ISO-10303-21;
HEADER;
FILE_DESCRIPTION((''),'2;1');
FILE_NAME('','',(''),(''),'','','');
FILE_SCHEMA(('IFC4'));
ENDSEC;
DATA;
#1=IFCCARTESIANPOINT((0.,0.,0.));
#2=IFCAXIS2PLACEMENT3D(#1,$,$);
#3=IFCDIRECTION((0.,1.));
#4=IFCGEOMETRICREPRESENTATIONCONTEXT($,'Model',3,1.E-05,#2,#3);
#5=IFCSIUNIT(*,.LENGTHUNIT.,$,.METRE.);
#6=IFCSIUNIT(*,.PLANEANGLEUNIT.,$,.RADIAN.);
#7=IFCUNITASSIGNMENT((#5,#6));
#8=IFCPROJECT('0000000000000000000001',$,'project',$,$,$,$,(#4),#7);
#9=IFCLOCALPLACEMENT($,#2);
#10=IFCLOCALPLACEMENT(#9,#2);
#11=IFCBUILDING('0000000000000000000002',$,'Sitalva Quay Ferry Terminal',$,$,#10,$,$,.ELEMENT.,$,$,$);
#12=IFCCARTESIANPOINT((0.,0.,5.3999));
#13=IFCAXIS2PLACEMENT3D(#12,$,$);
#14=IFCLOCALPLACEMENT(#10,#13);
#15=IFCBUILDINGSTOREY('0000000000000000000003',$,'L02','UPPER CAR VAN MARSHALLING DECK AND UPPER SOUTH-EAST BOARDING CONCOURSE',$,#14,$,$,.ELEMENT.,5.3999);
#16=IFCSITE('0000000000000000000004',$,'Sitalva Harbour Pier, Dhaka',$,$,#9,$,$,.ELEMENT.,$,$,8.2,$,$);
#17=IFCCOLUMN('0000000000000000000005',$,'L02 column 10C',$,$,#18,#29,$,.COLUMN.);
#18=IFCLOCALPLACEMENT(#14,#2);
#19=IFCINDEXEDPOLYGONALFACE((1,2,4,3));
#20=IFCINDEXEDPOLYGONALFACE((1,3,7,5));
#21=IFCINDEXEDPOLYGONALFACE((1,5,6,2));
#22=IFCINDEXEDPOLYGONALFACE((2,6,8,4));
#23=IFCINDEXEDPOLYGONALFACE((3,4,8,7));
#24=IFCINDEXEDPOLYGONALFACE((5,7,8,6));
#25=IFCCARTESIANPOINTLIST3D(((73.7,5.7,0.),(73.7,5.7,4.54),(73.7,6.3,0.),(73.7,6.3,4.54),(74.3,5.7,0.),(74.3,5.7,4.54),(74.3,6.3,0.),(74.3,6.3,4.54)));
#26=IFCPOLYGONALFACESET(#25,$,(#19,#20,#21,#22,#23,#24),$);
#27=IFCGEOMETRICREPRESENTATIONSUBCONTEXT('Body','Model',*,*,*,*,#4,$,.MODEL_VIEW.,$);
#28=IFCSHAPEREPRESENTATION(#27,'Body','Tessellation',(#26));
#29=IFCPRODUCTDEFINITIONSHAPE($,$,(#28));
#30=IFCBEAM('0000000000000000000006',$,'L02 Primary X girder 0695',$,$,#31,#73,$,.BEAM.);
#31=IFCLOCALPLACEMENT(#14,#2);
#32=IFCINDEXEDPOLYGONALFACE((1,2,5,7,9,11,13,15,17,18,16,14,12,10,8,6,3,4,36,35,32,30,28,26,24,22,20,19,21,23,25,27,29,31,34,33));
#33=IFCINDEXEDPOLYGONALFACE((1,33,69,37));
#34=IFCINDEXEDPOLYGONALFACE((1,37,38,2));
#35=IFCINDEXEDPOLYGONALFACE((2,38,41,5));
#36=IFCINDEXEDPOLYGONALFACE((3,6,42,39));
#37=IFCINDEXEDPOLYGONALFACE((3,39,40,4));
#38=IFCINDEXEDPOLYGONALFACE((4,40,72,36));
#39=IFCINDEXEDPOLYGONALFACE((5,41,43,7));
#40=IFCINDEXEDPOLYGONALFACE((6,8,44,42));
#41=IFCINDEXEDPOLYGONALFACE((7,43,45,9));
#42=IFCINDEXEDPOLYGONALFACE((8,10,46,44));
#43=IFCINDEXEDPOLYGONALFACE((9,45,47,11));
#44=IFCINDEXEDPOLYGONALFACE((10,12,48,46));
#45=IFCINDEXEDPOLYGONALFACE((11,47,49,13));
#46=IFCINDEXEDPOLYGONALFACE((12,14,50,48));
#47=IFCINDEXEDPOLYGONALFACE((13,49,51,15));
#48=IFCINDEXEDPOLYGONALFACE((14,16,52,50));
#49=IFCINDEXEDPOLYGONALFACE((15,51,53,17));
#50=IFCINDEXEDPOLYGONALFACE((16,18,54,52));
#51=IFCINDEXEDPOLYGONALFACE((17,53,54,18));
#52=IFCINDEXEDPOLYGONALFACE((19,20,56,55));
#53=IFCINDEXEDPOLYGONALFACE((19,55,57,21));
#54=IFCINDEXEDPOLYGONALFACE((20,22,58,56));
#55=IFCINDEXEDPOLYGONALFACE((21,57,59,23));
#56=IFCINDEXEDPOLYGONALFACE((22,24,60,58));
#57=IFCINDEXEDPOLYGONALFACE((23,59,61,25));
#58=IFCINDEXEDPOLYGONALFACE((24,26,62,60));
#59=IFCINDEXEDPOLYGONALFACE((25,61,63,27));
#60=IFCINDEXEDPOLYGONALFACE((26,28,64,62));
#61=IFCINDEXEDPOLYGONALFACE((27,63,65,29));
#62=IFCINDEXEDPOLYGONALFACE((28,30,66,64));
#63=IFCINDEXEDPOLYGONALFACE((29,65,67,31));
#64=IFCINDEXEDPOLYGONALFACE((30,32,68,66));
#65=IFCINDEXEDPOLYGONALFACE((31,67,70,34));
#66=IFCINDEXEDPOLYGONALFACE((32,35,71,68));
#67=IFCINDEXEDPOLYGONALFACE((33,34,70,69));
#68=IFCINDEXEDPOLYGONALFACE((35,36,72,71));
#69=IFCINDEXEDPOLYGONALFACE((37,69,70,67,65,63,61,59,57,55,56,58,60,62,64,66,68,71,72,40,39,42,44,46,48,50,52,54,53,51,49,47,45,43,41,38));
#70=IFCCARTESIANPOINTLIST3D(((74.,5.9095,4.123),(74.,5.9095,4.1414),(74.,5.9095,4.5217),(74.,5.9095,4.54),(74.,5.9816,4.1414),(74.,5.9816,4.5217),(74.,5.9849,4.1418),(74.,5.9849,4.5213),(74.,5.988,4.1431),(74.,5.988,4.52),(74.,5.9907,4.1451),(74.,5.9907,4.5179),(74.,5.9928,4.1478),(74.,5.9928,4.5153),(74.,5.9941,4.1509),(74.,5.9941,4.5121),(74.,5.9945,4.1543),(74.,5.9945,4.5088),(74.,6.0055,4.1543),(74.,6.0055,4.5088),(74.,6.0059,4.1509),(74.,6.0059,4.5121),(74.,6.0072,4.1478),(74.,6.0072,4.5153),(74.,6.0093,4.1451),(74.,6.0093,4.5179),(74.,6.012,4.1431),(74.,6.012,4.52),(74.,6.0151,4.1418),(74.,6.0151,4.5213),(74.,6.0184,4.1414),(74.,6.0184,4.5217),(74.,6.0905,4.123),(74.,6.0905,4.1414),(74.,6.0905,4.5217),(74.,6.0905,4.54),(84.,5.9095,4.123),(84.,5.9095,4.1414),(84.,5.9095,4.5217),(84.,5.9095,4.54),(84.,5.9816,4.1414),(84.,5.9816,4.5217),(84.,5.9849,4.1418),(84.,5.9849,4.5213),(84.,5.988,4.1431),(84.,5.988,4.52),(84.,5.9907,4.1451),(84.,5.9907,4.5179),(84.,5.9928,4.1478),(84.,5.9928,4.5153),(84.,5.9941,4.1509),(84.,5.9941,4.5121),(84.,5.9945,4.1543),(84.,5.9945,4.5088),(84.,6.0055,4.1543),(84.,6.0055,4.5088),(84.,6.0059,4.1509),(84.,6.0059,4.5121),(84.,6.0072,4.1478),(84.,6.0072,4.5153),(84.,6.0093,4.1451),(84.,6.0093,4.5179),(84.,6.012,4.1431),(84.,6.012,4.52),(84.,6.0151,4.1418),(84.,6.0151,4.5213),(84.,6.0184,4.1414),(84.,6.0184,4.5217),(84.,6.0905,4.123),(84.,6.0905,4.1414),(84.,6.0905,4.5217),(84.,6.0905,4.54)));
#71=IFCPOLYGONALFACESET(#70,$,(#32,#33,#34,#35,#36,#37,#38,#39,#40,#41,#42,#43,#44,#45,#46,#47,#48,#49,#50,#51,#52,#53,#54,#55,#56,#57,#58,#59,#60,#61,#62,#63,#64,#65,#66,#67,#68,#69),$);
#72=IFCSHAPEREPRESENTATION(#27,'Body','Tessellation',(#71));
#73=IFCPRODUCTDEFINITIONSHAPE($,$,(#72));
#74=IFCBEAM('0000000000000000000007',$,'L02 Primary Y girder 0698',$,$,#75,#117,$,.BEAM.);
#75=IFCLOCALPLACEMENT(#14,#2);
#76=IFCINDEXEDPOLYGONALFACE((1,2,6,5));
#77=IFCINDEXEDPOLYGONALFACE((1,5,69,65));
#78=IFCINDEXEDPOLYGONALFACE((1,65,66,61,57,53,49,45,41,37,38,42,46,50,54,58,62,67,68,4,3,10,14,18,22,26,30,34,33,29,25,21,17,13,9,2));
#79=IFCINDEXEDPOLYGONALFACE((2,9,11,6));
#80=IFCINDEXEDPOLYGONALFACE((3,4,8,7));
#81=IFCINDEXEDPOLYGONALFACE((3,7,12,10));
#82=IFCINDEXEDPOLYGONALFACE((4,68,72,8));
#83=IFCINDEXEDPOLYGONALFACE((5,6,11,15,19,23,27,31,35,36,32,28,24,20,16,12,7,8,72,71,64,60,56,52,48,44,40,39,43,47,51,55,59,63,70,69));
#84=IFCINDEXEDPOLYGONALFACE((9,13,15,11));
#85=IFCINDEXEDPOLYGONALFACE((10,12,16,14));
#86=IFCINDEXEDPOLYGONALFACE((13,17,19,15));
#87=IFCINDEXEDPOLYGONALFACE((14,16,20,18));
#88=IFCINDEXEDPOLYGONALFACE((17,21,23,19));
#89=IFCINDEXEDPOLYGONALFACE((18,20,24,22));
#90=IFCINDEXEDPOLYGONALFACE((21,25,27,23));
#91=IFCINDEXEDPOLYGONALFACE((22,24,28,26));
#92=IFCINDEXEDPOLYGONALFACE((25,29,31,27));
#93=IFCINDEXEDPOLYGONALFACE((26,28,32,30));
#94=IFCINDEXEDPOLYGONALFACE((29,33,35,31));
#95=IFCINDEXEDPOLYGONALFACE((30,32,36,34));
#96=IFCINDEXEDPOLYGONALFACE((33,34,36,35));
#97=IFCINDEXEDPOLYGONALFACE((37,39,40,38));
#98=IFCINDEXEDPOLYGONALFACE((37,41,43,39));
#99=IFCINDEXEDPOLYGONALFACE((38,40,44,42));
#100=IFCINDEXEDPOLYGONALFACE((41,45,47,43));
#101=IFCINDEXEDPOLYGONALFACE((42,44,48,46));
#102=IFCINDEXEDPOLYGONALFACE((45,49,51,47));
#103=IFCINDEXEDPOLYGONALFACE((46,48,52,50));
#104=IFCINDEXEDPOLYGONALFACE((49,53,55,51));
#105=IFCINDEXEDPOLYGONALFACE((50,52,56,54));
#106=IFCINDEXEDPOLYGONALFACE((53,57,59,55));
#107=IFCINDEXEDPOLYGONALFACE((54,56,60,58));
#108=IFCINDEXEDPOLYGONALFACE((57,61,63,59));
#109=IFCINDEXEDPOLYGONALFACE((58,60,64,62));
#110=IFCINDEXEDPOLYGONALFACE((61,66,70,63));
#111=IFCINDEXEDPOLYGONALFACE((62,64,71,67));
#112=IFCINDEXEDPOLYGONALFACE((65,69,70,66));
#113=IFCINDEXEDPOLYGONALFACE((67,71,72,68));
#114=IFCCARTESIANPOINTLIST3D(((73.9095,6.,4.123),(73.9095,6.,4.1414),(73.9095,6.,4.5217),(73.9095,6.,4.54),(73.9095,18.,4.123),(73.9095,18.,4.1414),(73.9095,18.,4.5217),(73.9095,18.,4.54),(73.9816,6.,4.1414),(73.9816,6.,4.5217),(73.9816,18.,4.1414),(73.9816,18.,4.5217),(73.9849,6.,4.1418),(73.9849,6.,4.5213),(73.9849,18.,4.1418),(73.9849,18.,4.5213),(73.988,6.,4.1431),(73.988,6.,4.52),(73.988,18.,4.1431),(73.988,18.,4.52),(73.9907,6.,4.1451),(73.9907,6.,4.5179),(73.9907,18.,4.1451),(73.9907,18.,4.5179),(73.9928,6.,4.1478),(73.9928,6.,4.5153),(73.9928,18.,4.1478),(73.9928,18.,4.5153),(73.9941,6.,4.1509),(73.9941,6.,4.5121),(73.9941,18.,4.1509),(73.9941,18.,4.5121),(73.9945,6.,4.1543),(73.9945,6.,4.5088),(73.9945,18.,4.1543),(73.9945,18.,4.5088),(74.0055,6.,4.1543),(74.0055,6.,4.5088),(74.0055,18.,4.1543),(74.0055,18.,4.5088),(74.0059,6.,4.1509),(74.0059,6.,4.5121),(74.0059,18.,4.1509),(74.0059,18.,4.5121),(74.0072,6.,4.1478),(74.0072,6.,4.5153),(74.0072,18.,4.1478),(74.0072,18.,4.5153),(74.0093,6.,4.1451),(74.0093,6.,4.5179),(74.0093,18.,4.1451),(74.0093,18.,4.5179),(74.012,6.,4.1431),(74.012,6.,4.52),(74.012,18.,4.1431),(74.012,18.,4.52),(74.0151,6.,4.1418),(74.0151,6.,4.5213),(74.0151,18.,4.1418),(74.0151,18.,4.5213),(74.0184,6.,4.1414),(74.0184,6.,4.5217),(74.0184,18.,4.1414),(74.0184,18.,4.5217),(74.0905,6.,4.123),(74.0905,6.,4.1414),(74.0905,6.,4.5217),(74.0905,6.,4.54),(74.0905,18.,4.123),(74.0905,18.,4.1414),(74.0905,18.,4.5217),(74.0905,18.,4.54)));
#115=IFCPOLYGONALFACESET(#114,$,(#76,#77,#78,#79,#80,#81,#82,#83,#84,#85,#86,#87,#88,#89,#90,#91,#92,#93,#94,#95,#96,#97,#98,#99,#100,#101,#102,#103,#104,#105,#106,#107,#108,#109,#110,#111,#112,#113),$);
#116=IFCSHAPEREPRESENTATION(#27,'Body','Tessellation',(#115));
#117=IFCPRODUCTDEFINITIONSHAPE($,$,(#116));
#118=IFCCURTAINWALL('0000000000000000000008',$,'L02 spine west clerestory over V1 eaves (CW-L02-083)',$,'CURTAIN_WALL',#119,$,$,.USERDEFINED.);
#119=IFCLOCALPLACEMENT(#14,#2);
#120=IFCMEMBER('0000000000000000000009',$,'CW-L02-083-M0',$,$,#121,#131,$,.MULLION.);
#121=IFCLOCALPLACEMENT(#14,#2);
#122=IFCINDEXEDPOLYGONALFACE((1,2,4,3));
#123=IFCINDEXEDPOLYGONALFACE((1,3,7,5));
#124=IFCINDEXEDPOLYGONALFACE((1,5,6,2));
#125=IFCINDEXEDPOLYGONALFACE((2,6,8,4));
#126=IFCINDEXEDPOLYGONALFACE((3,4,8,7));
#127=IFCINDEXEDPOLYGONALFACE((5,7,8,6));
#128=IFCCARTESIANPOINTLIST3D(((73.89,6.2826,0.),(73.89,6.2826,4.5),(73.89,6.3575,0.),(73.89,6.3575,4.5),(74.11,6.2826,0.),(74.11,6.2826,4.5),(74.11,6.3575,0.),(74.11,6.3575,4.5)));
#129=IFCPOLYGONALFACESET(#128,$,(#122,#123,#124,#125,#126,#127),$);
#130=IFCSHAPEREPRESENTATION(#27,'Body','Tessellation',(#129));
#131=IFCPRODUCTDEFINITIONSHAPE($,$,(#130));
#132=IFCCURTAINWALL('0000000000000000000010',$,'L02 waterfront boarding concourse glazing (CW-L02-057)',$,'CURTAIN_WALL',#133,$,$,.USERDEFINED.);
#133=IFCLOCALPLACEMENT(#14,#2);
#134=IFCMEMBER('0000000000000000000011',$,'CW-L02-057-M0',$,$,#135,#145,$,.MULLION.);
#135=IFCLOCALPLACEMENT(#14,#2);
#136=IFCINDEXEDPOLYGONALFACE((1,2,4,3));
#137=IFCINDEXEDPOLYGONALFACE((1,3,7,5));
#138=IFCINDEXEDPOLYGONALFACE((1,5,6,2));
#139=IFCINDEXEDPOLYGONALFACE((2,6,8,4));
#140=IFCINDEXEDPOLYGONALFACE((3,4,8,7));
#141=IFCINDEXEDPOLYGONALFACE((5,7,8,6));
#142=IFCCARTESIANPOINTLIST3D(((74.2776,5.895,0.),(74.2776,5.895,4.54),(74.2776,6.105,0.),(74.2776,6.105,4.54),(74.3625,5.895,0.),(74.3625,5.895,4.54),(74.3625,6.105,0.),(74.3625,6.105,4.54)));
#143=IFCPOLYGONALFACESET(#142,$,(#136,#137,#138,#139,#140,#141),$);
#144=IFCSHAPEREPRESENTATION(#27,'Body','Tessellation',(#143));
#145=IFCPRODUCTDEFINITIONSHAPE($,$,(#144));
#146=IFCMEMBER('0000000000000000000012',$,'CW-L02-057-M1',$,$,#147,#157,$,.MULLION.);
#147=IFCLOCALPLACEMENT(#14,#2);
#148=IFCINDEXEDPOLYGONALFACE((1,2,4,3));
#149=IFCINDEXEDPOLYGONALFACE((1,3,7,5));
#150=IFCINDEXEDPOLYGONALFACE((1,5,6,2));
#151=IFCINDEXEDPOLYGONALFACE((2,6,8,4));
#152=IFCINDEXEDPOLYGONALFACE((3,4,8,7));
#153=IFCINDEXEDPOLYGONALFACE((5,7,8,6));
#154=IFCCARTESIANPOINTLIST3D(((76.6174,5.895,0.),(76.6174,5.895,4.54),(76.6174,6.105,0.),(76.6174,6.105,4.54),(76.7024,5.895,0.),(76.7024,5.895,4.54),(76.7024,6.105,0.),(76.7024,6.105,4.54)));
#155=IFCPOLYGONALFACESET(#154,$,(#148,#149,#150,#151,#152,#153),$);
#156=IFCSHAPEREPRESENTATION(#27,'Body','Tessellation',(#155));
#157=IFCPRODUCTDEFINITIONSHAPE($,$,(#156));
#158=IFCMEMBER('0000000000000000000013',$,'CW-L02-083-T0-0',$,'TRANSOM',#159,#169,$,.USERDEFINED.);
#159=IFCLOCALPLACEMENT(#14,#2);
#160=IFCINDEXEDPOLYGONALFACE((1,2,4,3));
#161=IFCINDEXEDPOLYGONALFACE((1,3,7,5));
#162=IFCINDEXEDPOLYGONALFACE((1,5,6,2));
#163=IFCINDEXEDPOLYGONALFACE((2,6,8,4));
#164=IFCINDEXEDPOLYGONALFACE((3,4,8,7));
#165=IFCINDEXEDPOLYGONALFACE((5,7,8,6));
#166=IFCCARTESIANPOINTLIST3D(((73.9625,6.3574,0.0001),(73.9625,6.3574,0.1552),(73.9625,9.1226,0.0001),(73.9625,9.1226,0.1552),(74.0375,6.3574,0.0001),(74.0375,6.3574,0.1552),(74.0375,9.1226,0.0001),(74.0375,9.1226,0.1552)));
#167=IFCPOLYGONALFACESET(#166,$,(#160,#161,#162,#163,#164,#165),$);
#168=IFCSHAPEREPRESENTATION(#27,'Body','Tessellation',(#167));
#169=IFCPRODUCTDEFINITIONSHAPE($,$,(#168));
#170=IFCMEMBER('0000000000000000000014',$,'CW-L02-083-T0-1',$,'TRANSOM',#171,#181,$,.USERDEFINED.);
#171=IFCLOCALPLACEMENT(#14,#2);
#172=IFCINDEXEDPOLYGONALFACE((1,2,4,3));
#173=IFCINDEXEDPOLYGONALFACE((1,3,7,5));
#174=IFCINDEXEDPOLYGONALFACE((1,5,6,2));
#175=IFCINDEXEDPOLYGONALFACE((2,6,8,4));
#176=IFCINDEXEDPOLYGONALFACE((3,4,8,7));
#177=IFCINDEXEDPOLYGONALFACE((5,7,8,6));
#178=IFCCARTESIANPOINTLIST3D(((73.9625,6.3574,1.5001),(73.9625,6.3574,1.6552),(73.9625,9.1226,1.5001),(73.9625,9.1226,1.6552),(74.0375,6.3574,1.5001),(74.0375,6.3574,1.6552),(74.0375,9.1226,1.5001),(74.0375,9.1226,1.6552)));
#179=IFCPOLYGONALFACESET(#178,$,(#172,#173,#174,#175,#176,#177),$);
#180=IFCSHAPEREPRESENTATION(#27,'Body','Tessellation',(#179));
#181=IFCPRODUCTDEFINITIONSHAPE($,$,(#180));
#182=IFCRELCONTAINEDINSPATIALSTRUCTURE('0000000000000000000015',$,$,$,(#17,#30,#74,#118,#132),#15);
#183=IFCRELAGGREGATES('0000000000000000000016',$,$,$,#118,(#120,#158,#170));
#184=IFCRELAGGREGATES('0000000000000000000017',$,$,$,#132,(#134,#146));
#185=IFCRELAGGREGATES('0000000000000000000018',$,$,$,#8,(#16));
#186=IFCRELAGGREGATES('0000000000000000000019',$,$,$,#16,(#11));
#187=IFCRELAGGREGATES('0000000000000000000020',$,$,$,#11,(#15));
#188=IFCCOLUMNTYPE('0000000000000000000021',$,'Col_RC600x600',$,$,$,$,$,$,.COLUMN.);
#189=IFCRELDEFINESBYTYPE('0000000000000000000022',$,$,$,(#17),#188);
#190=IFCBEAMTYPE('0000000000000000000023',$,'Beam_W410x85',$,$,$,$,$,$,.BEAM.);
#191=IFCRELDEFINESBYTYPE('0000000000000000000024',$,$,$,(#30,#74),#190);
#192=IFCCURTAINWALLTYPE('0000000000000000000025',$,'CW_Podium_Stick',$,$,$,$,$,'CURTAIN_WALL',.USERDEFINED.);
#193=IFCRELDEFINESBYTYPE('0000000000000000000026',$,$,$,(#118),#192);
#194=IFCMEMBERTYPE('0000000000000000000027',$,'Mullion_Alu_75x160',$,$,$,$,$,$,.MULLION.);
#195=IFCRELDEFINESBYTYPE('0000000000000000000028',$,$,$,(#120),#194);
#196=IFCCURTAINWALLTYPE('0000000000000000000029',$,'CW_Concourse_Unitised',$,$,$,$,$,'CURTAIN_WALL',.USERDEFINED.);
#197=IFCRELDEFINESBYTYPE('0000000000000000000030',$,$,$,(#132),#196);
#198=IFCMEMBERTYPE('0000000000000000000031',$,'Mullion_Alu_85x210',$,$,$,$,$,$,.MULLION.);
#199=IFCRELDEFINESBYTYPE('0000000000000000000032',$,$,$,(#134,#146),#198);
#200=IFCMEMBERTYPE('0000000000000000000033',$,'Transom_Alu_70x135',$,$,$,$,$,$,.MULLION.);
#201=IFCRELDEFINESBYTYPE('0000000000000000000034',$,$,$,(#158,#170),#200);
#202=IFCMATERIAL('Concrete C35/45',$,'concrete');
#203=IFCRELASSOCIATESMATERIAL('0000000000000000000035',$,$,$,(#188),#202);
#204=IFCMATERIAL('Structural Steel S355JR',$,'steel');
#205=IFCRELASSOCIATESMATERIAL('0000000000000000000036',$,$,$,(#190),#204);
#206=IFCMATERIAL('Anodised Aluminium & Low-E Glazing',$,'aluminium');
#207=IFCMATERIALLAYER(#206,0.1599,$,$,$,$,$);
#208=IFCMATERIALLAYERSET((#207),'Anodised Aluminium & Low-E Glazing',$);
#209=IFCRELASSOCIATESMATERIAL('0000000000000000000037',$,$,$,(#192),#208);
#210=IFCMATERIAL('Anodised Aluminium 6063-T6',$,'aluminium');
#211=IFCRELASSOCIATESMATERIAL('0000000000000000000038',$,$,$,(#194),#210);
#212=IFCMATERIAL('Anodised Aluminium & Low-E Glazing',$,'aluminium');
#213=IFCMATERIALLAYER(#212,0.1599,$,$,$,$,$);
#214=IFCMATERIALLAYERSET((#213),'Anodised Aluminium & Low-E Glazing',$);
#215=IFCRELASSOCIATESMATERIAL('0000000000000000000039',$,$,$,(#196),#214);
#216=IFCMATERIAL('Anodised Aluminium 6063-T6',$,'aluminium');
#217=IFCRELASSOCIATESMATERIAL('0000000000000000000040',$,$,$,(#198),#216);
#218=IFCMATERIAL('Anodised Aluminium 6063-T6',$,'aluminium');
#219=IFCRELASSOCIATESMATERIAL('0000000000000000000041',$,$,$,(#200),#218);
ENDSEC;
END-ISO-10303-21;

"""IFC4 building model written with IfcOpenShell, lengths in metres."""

from ifc_helpers import new_model, si_unit, direction, frame, origin, origin_2d, place, context, subcontext, project, spatial, rectangle, i_section, extrude, material, layer, layer_set, material_profile, profile_set, type_object, element, aggregate, save


model = new_model("IFC4")

# Units and contexts
model_context = context("Model", 3, precision=1e-05, world=origin(), true_north=direction((0.0, 1.0)))
body_context = subcontext(model_context, "Body", "Model", "MODEL_VIEW")
ifc_project = project(units=[si_unit("LENGTHUNIT", "METRE"), si_unit("PLANEANGLEUNIT", "RADIAN")], contexts=[model_context])

# Site, building, storey
site_placement = place(None, origin())
site = spatial("IfcSite", under=ifc_project, at=site_placement, Name="Sitalva Harbour Pier, Dhaka", CompositionType="ELEMENT", RefElevation=8.2)
building_placement = place(site_placement, origin())
building = spatial("IfcBuilding", under=site, at=building_placement, Name="Sitalva Quay Ferry Terminal", CompositionType="ELEMENT")
storey_placement = place(building_placement, frame((0.0, 0.0, 5.3999)))
storey = spatial("IfcBuildingStorey", under=building, at=storey_placement, Name="L02", Description="UPPER CAR VAN MARSHALLING DECK AND UPPER SOUTH-EAST BOARDING CONCOURSE", CompositionType="ELEMENT", Elevation=5.3999)

# Column
ifc_material_1 = material(Name="Concrete C35/45", Category="concrete")
ifc_material_profile_1 = material_profile(ifc_material_1, rectangle(XDim=0.6001, YDim=0.6001, at=origin_2d()), Name="RC600x600")
ifc_profile_set_1 = profile_set([ifc_material_profile_1], Name="Concrete C35/45")
column_type = type_object("IfcColumnType", Name="Col_RC600x600", PredefinedType="COLUMN", material=ifc_profile_set_1)
column_placement = place(storey_placement, frame((74.0, 6.0, 0.0), z_axis=(0.0, 0.0, 1.0), x_axis=(1.0, 0.0, 0.0)))
element("IfcColumn", 1, at=column_placement, inside=storey, type_object=column_type, Name="L02 column 10C", PredefinedType="COLUMN", context=body_context, shape_type="SweptSolid", body=[
    extrude(rectangle(XDim=0.6001, YDim=0.6001, at=origin_2d()), origin(), (0.0, 0.0, 1.0), 4.54),
])

# Beams
ifc_material_2 = material(Name="Structural Steel S355JR", Category="steel")
ifc_material_profile_2 = material_profile(ifc_material_2, i_section(OverallWidth=0.1809, OverallDepth=0.417, WebThickness=0.011, FlangeThickness=0.0183, FilletRadius=0.0129, at=origin_2d()), Name="W410x85")
ifc_profile_set_2 = profile_set([ifc_material_profile_2], Name="Structural Steel S355JR")
beam_type = type_object("IfcBeamType", Name="Beam_W410x85", PredefinedType="BEAM", material=ifc_profile_set_2)
beam_1_placement = place(storey_placement, frame((74.0, 6.0, 4.3315), z_axis=(1.0, 0.0, 0.0), x_axis=(0.0, 1.0, 0.0)))
element("IfcBeam", 2, at=beam_1_placement, inside=storey, type_object=beam_type, Name="L02 Primary X girder 0695", PredefinedType="BEAM", context=body_context, shape_type="SweptSolid", body=[
    extrude(i_section(OverallWidth=0.1809, OverallDepth=0.417, WebThickness=0.011, FlangeThickness=0.0183, FilletRadius=0.0129, at=origin_2d()), origin(), (0.0, 0.0, 1.0), 10.0),
])
beam_2_placement = place(storey_placement, frame((74.0, 6.0, 4.3315), z_axis=(0.0, 1.0, 0.0), x_axis=(-1.0, 0.0, 0.0)))
element("IfcBeam", 3, at=beam_2_placement, inside=storey, type_object=beam_type, Name="L02 Primary Y girder 0698", PredefinedType="BEAM", context=body_context, shape_type="SweptSolid", body=[
    extrude(i_section(OverallWidth=0.1809, OverallDepth=0.417, WebThickness=0.011, FlangeThickness=0.0183, FilletRadius=0.0129, at=origin_2d()), origin(), (0.0, 0.0, 1.0), 12.0),
])

# Curtain wall, member
ifc_material_3 = material(Name="Anodised Aluminium & Low-E Glazing", Category="aluminium")
ifc_layer_1 = layer(ifc_material_3, 0.1599)
ifc_layer_set_1 = layer_set([ifc_layer_1], Name="Anodised Aluminium & Low-E Glazing")
curtain_wall_type_1 = type_object("IfcCurtainWallType", Name="CW_Podium_Stick", ElementType="CURTAIN_WALL", PredefinedType="USERDEFINED", material=ifc_layer_set_1)
curtain_wall_1_placement = place(storey_placement, origin())
curtain_wall_1 = element("IfcCurtainWall", 4, at=curtain_wall_1_placement, inside=storey, type_object=curtain_wall_type_1, Name="L02 spine west clerestory over V1 eaves (CW-L02-083)", ObjectType="CURTAIN_WALL", PredefinedType="USERDEFINED")
ifc_material_4 = material(Name="Anodised Aluminium 6063-T6", Category="aluminium")
ifc_material_profile_3 = material_profile(ifc_material_4, rectangle(XDim=0.075, YDim=0.22, at=origin_2d()), Name="ALU75x220")
ifc_profile_set_3 = profile_set([ifc_material_profile_3], Name="Anodised Aluminium 6063-T6")
member_type_1 = type_object("IfcMemberType", Name="Mullion_Alu_75x160", PredefinedType="MULLION", material=ifc_profile_set_3)
member_1_placement = place(storey_placement, frame((74.0, 6.3201, 0.0), z_axis=(0.0, 0.0, 1.0), x_axis=(0.0, 1.0, 0.0)))
member_1 = element("IfcMember", 5, at=member_1_placement, type_object=member_type_1, Name="CW-L02-083-M0", PredefinedType="MULLION", context=body_context, shape_type="SweptSolid", body=[
    extrude(rectangle(XDim=0.075, YDim=0.22, at=origin_2d()), origin(), (0.0, 0.0, 1.0), 4.5),
])

# Curtain wall, members
ifc_material_5 = material(Name="Anodised Aluminium & Low-E Glazing", Category="aluminium")
ifc_layer_2 = layer(ifc_material_5, 0.1599)
ifc_layer_set_2 = layer_set([ifc_layer_2], Name="Anodised Aluminium & Low-E Glazing")
curtain_wall_type_2 = type_object("IfcCurtainWallType", Name="CW_Concourse_Unitised", ElementType="CURTAIN_WALL", PredefinedType="USERDEFINED", material=ifc_layer_set_2)
curtain_wall_2_placement = place(storey_placement, origin())
curtain_wall_2 = element("IfcCurtainWall", 6, at=curtain_wall_2_placement, inside=storey, type_object=curtain_wall_type_2, Name="L02 waterfront boarding concourse glazing (CW-L02-057)", ObjectType="CURTAIN_WALL", PredefinedType="USERDEFINED")
ifc_material_6 = material(Name="Anodised Aluminium 6063-T6", Category="aluminium")
ifc_material_profile_4 = material_profile(ifc_material_6, rectangle(XDim=0.085, YDim=0.21, at=origin_2d()), Name="ALU85x210")
ifc_profile_set_4 = profile_set([ifc_material_profile_4], Name="Anodised Aluminium 6063-T6")
member_type_2 = type_object("IfcMemberType", Name="Mullion_Alu_85x210", PredefinedType="MULLION", material=ifc_profile_set_4)
member_2_placement = place(storey_placement, frame((74.3201, 6.0, 0.0), z_axis=(0.0, 0.0, 1.0), x_axis=(1.0, 0.0, 0.0)))
member_2 = element("IfcMember", 7, at=member_2_placement, type_object=member_type_2, Name="CW-L02-057-M0", PredefinedType="MULLION", context=body_context, shape_type="SweptSolid", body=[
    extrude(rectangle(XDim=0.085, YDim=0.21, at=origin_2d()), origin(), (0.0, 0.0, 1.0), 4.54),
])
member_3_placement = place(storey_placement, frame((76.6599, 6.0, 0.0), z_axis=(0.0, 0.0, 1.0), x_axis=(1.0, 0.0, 0.0)))
member_3 = element("IfcMember", 8, at=member_3_placement, type_object=member_type_2, Name="CW-L02-057-M1", PredefinedType="MULLION", context=body_context, shape_type="SweptSolid", body=[
    extrude(rectangle(XDim=0.085, YDim=0.21, at=origin_2d()), origin(), (0.0, 0.0, 1.0), 4.54),
])

# Members
ifc_material_7 = material(Name="Anodised Aluminium 6063-T6", Category="aluminium")
ifc_material_profile_5 = material_profile(ifc_material_7, rectangle(XDim=0.075, YDim=0.155, at=origin_2d()), Name="ALU75x155")
ifc_profile_set_5 = profile_set([ifc_material_profile_5], Name="Anodised Aluminium 6063-T6")
member_type_3 = type_object("IfcMemberType", Name="Transom_Alu_70x135", PredefinedType="MULLION", material=ifc_profile_set_5)
member_4_placement = place(storey_placement, frame((74.0, 6.3574, 0.0776), z_axis=(0.0, 1.0, 0.0), x_axis=(-1.0, 0.0, 0.0)))
member_4 = element("IfcMember", 9, at=member_4_placement, type_object=member_type_3, Name="CW-L02-083-T0-0", ObjectType="TRANSOM", PredefinedType="USERDEFINED", context=body_context, shape_type="SweptSolid", body=[
    extrude(rectangle(XDim=0.075, YDim=0.155, at=origin_2d()), origin(), (0.0, 0.0, 1.0), 2.7651),
])
member_5_placement = place(storey_placement, frame((74.0, 6.3574, 1.5776), z_axis=(0.0, 1.0, 0.0), x_axis=(-1.0, 0.0, 0.0)))
member_5 = element("IfcMember", 10, at=member_5_placement, type_object=member_type_3, Name="CW-L02-083-T0-1", ObjectType="TRANSOM", PredefinedType="USERDEFINED", context=body_context, shape_type="SweptSolid", body=[
    extrude(rectangle(XDim=0.075, YDim=0.155, at=origin_2d()), origin(), (0.0, 0.0, 1.0), 2.7651),
])
aggregate(curtain_wall_1, [member_1, member_4, member_5])

aggregate(curtain_wall_2, [member_2, member_3])

save(model, "model.ifc")
